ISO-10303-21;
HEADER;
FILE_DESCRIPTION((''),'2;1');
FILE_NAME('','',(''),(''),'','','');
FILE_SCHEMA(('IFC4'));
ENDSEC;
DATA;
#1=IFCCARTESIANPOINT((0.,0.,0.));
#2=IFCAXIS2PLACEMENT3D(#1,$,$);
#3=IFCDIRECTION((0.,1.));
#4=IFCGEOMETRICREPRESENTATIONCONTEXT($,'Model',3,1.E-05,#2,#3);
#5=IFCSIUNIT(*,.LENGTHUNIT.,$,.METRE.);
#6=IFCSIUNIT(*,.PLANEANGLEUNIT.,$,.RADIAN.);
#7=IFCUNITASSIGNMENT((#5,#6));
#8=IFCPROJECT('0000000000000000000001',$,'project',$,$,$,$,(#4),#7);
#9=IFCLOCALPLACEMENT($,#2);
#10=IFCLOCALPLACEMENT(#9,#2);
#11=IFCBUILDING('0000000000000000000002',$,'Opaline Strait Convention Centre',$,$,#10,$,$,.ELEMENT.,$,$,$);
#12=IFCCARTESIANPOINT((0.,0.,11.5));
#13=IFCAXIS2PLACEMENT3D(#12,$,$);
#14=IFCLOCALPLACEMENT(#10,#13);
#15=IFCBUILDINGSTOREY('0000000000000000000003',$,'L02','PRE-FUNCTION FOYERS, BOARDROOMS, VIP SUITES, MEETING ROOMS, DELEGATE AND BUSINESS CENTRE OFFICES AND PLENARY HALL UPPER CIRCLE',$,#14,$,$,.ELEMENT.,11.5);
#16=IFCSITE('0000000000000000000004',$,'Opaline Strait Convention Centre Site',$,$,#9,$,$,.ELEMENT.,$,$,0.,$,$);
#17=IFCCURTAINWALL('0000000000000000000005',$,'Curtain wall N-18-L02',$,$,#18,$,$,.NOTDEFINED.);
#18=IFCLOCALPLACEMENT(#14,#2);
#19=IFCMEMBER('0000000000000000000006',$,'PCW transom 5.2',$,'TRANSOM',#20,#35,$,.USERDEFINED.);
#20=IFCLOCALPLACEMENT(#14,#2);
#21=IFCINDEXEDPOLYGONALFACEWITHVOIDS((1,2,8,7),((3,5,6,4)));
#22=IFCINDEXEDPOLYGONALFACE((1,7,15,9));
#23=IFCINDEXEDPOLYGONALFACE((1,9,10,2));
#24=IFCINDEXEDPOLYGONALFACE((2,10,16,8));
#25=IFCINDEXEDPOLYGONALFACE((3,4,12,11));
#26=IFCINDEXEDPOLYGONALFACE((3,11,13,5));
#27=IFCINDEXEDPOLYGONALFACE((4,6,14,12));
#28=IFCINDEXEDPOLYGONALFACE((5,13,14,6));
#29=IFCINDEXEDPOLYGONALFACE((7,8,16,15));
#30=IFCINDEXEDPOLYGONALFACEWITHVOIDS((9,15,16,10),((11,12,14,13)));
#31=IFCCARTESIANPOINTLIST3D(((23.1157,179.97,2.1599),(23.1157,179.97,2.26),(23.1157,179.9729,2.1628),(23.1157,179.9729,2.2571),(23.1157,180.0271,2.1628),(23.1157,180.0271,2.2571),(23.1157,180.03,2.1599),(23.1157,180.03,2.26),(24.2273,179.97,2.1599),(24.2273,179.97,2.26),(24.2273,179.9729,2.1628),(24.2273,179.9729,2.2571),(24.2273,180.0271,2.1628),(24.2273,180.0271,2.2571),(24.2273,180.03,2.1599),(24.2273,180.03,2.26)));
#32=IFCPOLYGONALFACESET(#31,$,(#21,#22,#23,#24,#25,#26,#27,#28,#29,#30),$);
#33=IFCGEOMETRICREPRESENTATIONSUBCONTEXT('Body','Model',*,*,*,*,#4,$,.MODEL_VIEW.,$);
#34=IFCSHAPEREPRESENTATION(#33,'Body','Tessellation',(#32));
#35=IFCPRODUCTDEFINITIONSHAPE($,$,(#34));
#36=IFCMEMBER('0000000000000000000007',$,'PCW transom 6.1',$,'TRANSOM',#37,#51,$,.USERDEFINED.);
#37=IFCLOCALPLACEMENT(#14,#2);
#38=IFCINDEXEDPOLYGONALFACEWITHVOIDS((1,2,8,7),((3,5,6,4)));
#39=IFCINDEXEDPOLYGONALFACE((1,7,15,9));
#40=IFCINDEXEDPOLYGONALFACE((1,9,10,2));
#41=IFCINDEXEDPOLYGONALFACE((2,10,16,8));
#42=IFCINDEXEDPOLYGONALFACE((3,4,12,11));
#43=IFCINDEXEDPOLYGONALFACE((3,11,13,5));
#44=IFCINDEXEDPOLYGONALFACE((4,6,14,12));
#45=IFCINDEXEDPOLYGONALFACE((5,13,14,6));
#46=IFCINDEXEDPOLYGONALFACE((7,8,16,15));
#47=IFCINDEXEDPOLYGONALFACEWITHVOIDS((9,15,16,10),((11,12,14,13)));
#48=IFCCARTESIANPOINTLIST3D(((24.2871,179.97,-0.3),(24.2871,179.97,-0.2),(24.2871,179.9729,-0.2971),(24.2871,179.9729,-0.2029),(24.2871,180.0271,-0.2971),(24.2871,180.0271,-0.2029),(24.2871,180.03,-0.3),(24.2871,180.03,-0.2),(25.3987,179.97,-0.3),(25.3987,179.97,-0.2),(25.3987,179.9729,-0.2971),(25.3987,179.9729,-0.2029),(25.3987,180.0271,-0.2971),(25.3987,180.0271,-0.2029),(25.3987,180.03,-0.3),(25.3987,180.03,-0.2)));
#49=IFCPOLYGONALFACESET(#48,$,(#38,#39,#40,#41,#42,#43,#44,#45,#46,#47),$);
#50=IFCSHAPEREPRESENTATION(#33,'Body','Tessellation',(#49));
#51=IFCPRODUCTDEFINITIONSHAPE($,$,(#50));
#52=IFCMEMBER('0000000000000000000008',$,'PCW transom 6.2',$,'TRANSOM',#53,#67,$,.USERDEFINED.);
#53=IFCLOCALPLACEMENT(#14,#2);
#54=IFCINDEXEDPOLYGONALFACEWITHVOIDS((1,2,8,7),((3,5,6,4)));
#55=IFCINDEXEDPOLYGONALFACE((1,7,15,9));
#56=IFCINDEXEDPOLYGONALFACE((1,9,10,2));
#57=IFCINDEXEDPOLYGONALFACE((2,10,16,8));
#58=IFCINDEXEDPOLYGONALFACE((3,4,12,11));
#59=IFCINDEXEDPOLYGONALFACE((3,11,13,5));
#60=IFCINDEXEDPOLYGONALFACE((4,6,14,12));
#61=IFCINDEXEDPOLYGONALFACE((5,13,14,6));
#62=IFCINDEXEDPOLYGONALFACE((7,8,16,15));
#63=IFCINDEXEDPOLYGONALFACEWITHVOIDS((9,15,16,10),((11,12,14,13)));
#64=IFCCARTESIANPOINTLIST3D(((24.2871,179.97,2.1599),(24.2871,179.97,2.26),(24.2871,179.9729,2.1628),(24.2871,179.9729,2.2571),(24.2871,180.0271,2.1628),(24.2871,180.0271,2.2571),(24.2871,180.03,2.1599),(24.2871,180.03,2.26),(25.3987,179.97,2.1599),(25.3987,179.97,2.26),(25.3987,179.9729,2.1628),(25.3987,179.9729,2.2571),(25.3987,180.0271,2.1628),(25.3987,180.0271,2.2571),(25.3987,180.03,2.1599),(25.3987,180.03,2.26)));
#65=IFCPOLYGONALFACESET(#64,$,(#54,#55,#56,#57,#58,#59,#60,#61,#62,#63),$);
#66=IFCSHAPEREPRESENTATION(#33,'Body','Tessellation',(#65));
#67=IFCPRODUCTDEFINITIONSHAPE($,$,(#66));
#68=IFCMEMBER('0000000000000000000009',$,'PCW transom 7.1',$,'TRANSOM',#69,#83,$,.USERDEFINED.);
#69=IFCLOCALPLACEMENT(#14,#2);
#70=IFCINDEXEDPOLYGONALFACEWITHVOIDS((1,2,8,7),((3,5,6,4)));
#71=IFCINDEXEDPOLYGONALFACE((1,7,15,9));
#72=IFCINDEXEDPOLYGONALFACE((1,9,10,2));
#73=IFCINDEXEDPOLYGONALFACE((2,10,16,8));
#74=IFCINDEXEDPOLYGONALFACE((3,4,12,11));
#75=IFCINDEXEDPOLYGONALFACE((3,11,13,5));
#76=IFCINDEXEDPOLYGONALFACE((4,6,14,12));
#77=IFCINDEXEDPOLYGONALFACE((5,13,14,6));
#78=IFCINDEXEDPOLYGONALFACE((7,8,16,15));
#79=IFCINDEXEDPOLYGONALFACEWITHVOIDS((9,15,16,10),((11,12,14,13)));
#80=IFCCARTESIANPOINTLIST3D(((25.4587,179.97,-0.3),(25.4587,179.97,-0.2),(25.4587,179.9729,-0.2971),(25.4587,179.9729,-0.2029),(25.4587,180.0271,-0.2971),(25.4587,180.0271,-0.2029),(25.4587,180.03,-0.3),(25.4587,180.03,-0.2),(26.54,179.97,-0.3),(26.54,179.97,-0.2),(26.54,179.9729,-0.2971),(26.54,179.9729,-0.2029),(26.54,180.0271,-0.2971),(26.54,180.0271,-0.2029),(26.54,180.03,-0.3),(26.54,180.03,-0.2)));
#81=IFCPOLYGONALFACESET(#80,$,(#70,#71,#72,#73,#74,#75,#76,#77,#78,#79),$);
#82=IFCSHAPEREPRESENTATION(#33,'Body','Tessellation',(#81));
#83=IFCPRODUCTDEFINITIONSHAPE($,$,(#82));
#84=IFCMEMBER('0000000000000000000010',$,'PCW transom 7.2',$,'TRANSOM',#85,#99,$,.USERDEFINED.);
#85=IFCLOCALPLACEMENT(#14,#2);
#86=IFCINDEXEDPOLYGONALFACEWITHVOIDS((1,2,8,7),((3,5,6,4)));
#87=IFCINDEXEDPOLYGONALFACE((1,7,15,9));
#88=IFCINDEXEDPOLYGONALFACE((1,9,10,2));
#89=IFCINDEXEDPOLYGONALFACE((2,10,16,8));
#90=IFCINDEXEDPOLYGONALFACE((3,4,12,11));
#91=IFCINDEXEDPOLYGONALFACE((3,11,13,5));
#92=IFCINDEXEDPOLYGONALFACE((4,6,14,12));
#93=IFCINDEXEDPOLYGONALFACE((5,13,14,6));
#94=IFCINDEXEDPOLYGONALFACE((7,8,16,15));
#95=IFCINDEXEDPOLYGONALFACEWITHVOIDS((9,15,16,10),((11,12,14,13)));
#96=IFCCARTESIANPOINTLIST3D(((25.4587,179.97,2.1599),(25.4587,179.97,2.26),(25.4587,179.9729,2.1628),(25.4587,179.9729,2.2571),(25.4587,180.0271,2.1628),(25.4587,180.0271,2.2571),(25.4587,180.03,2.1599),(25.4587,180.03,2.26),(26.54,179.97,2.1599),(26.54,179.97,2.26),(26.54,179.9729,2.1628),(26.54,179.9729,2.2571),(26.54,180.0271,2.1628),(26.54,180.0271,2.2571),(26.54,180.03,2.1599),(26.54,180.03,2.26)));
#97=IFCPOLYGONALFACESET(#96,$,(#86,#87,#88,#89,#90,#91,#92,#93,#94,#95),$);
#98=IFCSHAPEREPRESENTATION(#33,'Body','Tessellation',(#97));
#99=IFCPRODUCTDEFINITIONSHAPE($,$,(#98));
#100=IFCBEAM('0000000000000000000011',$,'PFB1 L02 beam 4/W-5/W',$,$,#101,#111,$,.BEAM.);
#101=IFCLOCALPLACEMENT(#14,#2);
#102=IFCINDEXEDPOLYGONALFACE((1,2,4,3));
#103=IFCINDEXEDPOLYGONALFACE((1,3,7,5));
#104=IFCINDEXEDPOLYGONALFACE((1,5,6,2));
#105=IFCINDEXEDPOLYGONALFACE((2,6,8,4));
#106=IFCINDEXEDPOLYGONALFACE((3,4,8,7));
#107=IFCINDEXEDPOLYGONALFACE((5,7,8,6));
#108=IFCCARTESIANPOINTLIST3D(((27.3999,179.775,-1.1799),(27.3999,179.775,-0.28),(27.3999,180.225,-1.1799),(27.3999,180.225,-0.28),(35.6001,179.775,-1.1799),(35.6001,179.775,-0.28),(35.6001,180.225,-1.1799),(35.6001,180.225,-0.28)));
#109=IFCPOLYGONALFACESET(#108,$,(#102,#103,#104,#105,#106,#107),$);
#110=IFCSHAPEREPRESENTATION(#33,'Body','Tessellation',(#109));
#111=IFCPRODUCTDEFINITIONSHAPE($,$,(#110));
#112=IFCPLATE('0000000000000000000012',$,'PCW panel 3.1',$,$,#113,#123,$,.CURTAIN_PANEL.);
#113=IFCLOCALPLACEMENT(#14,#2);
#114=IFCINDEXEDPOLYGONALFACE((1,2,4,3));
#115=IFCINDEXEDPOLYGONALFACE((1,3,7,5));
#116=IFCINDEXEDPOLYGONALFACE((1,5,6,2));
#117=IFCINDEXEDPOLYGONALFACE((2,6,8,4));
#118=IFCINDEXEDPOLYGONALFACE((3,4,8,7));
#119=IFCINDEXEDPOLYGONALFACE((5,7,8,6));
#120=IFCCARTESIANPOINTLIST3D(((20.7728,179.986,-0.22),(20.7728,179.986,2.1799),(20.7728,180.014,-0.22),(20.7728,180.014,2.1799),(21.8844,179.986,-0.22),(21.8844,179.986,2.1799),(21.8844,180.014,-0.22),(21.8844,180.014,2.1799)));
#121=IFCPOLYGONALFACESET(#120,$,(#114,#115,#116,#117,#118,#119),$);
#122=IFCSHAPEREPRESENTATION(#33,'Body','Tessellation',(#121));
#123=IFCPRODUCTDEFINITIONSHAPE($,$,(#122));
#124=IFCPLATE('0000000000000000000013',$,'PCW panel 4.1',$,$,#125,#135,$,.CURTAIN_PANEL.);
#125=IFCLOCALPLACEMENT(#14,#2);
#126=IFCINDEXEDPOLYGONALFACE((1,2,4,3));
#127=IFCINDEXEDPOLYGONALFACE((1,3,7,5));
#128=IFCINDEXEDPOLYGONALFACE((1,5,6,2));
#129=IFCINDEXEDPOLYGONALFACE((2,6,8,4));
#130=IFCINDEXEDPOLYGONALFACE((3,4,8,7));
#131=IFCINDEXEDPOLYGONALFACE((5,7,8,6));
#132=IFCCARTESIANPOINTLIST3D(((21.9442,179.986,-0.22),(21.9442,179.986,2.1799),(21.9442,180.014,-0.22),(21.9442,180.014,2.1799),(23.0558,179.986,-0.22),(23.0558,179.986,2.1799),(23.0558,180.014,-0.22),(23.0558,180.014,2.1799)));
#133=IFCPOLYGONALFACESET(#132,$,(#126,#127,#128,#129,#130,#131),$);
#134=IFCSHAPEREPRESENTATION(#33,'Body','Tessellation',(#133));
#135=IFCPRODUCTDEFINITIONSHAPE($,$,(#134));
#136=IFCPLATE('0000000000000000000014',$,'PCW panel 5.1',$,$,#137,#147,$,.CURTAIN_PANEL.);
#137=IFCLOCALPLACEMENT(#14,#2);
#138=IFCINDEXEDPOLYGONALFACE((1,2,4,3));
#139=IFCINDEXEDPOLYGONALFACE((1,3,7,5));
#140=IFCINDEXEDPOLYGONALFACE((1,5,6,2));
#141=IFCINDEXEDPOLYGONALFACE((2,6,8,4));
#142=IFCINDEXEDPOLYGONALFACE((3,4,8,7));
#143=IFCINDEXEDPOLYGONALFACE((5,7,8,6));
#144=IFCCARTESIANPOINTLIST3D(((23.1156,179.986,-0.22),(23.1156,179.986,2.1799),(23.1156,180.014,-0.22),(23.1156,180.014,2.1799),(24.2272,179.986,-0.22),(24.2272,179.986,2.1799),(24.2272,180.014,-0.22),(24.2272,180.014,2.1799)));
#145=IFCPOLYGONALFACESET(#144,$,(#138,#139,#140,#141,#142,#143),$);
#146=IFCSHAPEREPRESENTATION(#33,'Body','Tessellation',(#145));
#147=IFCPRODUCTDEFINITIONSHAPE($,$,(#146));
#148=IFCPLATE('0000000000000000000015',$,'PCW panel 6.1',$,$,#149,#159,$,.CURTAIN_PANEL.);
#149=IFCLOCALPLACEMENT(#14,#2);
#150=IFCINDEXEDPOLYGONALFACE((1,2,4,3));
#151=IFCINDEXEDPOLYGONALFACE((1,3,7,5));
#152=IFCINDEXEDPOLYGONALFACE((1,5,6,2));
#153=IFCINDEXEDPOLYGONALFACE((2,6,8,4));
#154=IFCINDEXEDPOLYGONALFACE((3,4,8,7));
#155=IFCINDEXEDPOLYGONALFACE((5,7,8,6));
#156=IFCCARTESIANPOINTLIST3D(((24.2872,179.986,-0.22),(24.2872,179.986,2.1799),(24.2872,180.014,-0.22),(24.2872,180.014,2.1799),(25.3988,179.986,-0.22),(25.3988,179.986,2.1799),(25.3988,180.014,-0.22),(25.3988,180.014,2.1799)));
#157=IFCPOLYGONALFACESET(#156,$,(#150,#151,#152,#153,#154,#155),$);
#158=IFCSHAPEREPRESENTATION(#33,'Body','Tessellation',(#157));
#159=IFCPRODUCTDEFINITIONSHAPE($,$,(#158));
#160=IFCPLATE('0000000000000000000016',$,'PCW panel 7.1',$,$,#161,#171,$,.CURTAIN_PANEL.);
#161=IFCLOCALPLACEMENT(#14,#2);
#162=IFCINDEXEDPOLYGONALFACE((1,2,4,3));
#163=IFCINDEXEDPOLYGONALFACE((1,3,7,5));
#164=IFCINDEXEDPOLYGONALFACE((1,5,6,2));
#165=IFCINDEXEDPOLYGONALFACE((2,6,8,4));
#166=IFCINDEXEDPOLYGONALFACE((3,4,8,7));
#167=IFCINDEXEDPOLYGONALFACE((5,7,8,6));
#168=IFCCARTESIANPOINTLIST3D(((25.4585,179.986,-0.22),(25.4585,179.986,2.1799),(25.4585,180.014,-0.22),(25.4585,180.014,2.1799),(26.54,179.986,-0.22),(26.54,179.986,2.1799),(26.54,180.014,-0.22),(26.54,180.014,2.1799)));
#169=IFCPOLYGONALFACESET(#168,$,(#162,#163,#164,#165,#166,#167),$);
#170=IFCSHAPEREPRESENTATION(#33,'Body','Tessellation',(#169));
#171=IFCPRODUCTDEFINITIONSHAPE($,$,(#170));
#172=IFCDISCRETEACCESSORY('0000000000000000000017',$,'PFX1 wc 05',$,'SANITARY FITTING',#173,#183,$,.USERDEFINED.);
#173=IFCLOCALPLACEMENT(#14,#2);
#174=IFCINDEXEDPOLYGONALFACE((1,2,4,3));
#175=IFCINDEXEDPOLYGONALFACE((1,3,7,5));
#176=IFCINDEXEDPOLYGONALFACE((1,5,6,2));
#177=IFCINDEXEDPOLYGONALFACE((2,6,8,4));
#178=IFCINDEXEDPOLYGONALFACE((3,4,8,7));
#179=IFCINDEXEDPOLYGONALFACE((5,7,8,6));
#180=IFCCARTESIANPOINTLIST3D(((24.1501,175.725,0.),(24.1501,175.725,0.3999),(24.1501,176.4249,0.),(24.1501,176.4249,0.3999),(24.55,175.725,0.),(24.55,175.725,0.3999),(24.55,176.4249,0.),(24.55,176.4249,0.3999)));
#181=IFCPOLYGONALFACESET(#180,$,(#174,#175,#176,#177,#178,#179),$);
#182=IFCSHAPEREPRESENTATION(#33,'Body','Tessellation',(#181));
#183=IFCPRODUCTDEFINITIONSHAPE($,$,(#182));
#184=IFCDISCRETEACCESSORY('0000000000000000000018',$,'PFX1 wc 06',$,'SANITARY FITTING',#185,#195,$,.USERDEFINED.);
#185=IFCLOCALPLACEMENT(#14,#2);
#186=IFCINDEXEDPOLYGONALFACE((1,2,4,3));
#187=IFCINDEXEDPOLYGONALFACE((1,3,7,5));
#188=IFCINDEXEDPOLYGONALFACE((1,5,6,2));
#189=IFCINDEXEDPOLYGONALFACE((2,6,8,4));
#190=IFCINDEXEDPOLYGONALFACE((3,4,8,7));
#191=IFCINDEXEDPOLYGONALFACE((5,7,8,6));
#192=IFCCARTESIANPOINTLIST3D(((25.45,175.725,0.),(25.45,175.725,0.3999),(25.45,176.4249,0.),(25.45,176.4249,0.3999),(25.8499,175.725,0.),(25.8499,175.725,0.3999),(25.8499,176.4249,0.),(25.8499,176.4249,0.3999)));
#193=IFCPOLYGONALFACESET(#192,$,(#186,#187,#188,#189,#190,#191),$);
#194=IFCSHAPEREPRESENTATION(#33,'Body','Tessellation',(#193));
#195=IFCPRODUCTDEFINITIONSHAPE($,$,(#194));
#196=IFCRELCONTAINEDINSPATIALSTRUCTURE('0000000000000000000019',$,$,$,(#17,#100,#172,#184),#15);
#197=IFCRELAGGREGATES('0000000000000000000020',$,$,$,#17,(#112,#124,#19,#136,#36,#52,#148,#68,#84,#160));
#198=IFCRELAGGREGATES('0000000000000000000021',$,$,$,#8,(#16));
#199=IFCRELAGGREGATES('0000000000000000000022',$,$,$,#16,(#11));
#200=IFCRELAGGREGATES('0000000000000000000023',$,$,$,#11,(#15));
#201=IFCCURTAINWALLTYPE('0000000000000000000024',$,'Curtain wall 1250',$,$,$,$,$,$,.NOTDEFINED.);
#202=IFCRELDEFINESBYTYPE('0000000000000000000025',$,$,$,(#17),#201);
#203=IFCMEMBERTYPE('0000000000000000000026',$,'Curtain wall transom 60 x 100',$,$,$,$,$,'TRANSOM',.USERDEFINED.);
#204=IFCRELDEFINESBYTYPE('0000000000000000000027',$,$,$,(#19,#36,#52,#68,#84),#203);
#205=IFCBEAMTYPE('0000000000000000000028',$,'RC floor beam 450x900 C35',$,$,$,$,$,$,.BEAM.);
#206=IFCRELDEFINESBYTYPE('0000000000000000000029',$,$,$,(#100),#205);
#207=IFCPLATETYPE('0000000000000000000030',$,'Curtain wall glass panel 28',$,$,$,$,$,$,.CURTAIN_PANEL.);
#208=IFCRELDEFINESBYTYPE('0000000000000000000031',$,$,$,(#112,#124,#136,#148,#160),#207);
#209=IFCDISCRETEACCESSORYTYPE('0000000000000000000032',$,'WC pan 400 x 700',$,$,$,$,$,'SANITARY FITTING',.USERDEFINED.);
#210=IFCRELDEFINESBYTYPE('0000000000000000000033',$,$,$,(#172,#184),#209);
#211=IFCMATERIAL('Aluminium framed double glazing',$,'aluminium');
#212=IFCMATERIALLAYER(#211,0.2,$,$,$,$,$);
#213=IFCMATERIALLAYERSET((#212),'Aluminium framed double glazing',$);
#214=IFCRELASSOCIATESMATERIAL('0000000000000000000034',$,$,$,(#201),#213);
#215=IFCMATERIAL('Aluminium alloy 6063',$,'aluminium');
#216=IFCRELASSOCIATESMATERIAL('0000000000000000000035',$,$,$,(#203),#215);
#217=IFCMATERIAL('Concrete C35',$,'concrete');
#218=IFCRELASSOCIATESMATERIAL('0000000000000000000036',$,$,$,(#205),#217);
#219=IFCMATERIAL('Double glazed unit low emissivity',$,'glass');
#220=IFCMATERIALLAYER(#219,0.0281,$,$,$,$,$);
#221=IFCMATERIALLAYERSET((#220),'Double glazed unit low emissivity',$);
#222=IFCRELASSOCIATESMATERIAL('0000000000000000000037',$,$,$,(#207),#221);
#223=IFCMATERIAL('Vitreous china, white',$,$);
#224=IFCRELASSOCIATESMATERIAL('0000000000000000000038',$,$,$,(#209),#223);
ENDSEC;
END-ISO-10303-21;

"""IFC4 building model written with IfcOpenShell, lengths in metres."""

from ifc_helpers import new_model, si_unit, direction, frame, origin, origin_2d, place, context, subcontext, project, spatial, rectangle, hollow_rectangle, extrude, material, layer, layer_set, material_profile, profile_set, type_object, element, aggregate, save


model = new_model("IFC4")

# Units and contexts
model_context = context("Model", 3, precision=1e-05, world=origin(), true_north=direction((0.0, 1.0)))
body_context = subcontext(model_context, "Body", "Model", "MODEL_VIEW")
ifc_project = project(units=[si_unit("LENGTHUNIT", "METRE"), si_unit("PLANEANGLEUNIT", "RADIAN")], contexts=[model_context])

# Site, building, storey
site_placement = place(None, origin())
site = spatial("IfcSite", under=ifc_project, at=site_placement, Name="Opaline Strait Convention Centre Site", CompositionType="ELEMENT", RefElevation=0.0)
building_placement = place(site_placement, origin())
building = spatial("IfcBuilding", under=site, at=building_placement, Name="Opaline Strait Convention Centre", CompositionType="ELEMENT")
storey_placement = place(building_placement, frame((0.0, 0.0, 11.5)))
storey = spatial("IfcBuildingStorey", under=building, at=storey_placement, Name="L02", Description="PRE-FUNCTION FOYERS, BOARDROOMS, VIP SUITES, MEETING ROOMS, DELEGATE AND BUSINESS CENTRE OFFICES AND PLENARY HALL UPPER CIRCLE", CompositionType="ELEMENT", Elevation=11.5)

# Curtain wall
ifc_material_1 = material(Name="Aluminium framed double glazing", Category="aluminium")
ifc_layer_1 = layer(ifc_material_1, 0.2)
ifc_layer_set_1 = layer_set([ifc_layer_1], Name="Aluminium framed double glazing")
curtain_wall_type = type_object("IfcCurtainWallType", Name="Curtain wall 1250", PredefinedType="NOTDEFINED", material=ifc_layer_set_1)
curtain_wall_1_placement = place(storey_placement, origin())
curtain_wall_1 = element("IfcCurtainWall", 1, at=curtain_wall_1_placement, inside=storey, type_object=curtain_wall_type, Name="Curtain wall N-18-L02", PredefinedType="NOTDEFINED")
ifc_material_2 = material(Name="Aluminium alloy 6063", Category="aluminium")

# Members
ifc_material_profile_1 = material_profile(ifc_material_2, hollow_rectangle(XDim=0.0601, YDim=0.1001, WallThickness=0.0029, at=origin_2d()), Name="TRANSOM 60x100x3")
ifc_profile_set_1 = profile_set([ifc_material_profile_1], Name="Aluminium alloy 6063")
member_type_1 = type_object("IfcMemberType", Name="Curtain wall transom 60 x 100", ElementType="TRANSOM", PredefinedType="USERDEFINED", material=ifc_profile_set_1)
member_1_placement = place(storey_placement, frame((23.1157, 180.0, 2.21), z_axis=(1.0, 0.0, 0.0), x_axis=(0.0, 1.0, 0.0)))
member_1 = element("IfcMember", 2, at=member_1_placement, type_object=member_type_1, Name="PCW transom 5.2", ObjectType="TRANSOM", PredefinedType="USERDEFINED", context=body_context, shape_type="SweptSolid", body=[
    extrude(hollow_rectangle(XDim=0.0601, YDim=0.1001, WallThickness=0.0029, at=origin_2d()), origin(), (0.0, 0.0, 1.0), 1.1116),
])
member_2_placement = place(storey_placement, frame((24.2871, 180.0, -0.25), z_axis=(1.0, 0.0, 0.0), x_axis=(0.0, 1.0, 0.0)))
member_2 = element("IfcMember", 3, at=member_2_placement, type_object=member_type_1, Name="PCW transom 6.1", ObjectType="TRANSOM", PredefinedType="USERDEFINED", context=body_context, shape_type="SweptSolid", body=[
    extrude(hollow_rectangle(XDim=0.0601, YDim=0.1001, WallThickness=0.0029, at=origin_2d()), origin(), (0.0, 0.0, 1.0), 1.1116),
])
member_3_placement = place(storey_placement, frame((24.2871, 180.0, 2.21), z_axis=(1.0, 0.0, 0.0), x_axis=(0.0, 1.0, 0.0)))
member_3 = element("IfcMember", 4, at=member_3_placement, type_object=member_type_1, Name="PCW transom 6.2", ObjectType="TRANSOM", PredefinedType="USERDEFINED", context=body_context, shape_type="SweptSolid", body=[
    extrude(hollow_rectangle(XDim=0.0601, YDim=0.1001, WallThickness=0.0029, at=origin_2d()), origin(), (0.0, 0.0, 1.0), 1.1116),
])
member_4_placement = place(storey_placement, frame((25.4587, 180.0, -0.25), z_axis=(1.0, 0.0, 0.0), x_axis=(0.0, 1.0, 0.0)))
member_4 = element("IfcMember", 5, at=member_4_placement, type_object=member_type_1, Name="PCW transom 7.1", ObjectType="TRANSOM", PredefinedType="USERDEFINED", context=body_context, shape_type="SweptSolid", body=[
    extrude(hollow_rectangle(XDim=0.0601, YDim=0.1001, WallThickness=0.0029, at=origin_2d()), origin(), (0.0, 0.0, 1.0), 1.0813),
])
member_5_placement = place(storey_placement, frame((25.4587, 180.0, 2.21), z_axis=(1.0, 0.0, 0.0), x_axis=(0.0, 1.0, 0.0)))
member_5 = element("IfcMember", 6, at=member_5_placement, type_object=member_type_1, Name="PCW transom 7.2", ObjectType="TRANSOM", PredefinedType="USERDEFINED", context=body_context, shape_type="SweptSolid", body=[
    extrude(hollow_rectangle(XDim=0.0601, YDim=0.1001, WallThickness=0.0029, at=origin_2d()), origin(), (0.0, 0.0, 1.0), 1.0813),
])

# Beam
ifc_material_3 = material(Name="Concrete C35", Category="concrete")
ifc_material_profile_2 = material_profile(ifc_material_3, rectangle(XDim=0.45, YDim=0.8999, at=origin_2d()), Name="RC 450x900")
ifc_profile_set_2 = profile_set([ifc_material_profile_2], Name="Concrete C35")
beam_type = type_object("IfcBeamType", Name="RC floor beam 450x900 C35", PredefinedType="BEAM", material=ifc_profile_set_2)
beam_placement = place(storey_placement, frame((27.3999, 180.0, -0.73), z_axis=(1.0, 0.0, 0.0), x_axis=(0.0, 1.0, 0.0)))
element("IfcBeam", 7, at=beam_placement, inside=storey, type_object=beam_type, Name="PFB1 L02 beam 4/W-5/W", PredefinedType="BEAM", context=body_context, shape_type="SweptSolid", body=[
    extrude(rectangle(XDim=0.45, YDim=0.8999, at=origin_2d()), origin(), (0.0, 0.0, 1.0), 8.2002),
])

# Plates
ifc_material_4 = material(Name="Double glazed unit low emissivity", Category="glass")
ifc_layer_2 = layer(ifc_material_4, 0.0281)
ifc_layer_set_2 = layer_set([ifc_layer_2], Name="Double glazed unit low emissivity")
plate_type = type_object("IfcPlateType", Name="Curtain wall glass panel 28", PredefinedType="CURTAIN_PANEL", material=ifc_layer_set_2)
plate_1_placement = place(storey_placement, frame((21.3286, 180.0, -0.22), z_axis=(0.0, 0.0, 1.0), x_axis=(1.0, 0.0, 0.0)))
plate_1 = element("IfcPlate", 8, at=plate_1_placement, type_object=plate_type, Name="PCW panel 3.1", PredefinedType="CURTAIN_PANEL", context=body_context, shape_type="SweptSolid", body=[
    extrude(rectangle(XDim=1.1116, YDim=0.0281, at=origin_2d()), origin(), (0.0, 0.0, 1.0), 2.3999),
])
plate_2_placement = place(storey_placement, frame((22.5, 180.0, -0.22), z_axis=(0.0, 0.0, 1.0), x_axis=(1.0, 0.0, 0.0)))
plate_2 = element("IfcPlate", 9, at=plate_2_placement, type_object=plate_type, Name="PCW panel 4.1", PredefinedType="CURTAIN_PANEL", context=body_context, shape_type="SweptSolid", body=[
    extrude(rectangle(XDim=1.1116, YDim=0.0281, at=origin_2d()), origin(), (0.0, 0.0, 1.0), 2.3999),
])
plate_3_placement = place(storey_placement, frame((23.6714, 180.0, -0.22), z_axis=(0.0, 0.0, 1.0), x_axis=(1.0, 0.0, 0.0)))
plate_3 = element("IfcPlate", 10, at=plate_3_placement, type_object=plate_type, Name="PCW panel 5.1", PredefinedType="CURTAIN_PANEL", context=body_context, shape_type="SweptSolid", body=[
    extrude(rectangle(XDim=1.1116, YDim=0.0281, at=origin_2d()), origin(), (0.0, 0.0, 1.0), 2.3999),
])
plate_4_placement = place(storey_placement, frame((24.843, 180.0, -0.22), z_axis=(0.0, 0.0, 1.0), x_axis=(1.0, 0.0, 0.0)))
plate_4 = element("IfcPlate", 11, at=plate_4_placement, type_object=plate_type, Name="PCW panel 6.1", PredefinedType="CURTAIN_PANEL", context=body_context, shape_type="SweptSolid", body=[
    extrude(rectangle(XDim=1.1116, YDim=0.0281, at=origin_2d()), origin(), (0.0, 0.0, 1.0), 2.3999),
])
plate_5_placement = place(storey_placement, frame((25.9993, 180.0, -0.22), z_axis=(0.0, 0.0, 1.0), x_axis=(1.0, 0.0, 0.0)))
plate_5 = element("IfcPlate", 12, at=plate_5_placement, type_object=plate_type, Name="PCW panel 7.1", PredefinedType="CURTAIN_PANEL", context=body_context, shape_type="SweptSolid", body=[
    extrude(rectangle(XDim=1.0815, YDim=0.0281, at=origin_2d()), origin(), (0.0, 0.0, 1.0), 2.3999),
])
aggregate(curtain_wall_1, [plate_1, plate_2, member_1, plate_3, member_2, member_3, plate_4, member_4, member_5, plate_5])

# Discrete accessories
ifc_material_5 = material(Name="Vitreous china, white")
discrete_accessory_type = type_object("IfcDiscreteAccessoryType", Name="WC pan 400 x 700", ElementType="SANITARY FITTING", PredefinedType="USERDEFINED", material=ifc_material_5)
for number, where, z_axis, x_axis, name in (
    (13, (24.3501, 176.075, 0.0), (0.0, 0.0, 1.0), (1.0, 0.0, 0.0), "PFX1 wc 05"),
    (14, (25.6499, 176.075, 0.0), (0.0, 0.0, 1.0), (1.0, 0.0, 0.0), "PFX1 wc 06"),
):
    element("IfcDiscreteAccessory", number, at=place(storey_placement, frame(where, z_axis=z_axis, x_axis=x_axis)), inside=storey, type_object=discrete_accessory_type, Name=name, ObjectType="SANITARY FITTING", PredefinedType="USERDEFINED", context=body_context, shape_type="SweptSolid", body=[
        extrude(rectangle(XDim=0.3999, YDim=0.7, at=origin_2d()), origin(), (0.0, 0.0, 1.0), 0.3999),
    ])

save(model, "model.ifc")
